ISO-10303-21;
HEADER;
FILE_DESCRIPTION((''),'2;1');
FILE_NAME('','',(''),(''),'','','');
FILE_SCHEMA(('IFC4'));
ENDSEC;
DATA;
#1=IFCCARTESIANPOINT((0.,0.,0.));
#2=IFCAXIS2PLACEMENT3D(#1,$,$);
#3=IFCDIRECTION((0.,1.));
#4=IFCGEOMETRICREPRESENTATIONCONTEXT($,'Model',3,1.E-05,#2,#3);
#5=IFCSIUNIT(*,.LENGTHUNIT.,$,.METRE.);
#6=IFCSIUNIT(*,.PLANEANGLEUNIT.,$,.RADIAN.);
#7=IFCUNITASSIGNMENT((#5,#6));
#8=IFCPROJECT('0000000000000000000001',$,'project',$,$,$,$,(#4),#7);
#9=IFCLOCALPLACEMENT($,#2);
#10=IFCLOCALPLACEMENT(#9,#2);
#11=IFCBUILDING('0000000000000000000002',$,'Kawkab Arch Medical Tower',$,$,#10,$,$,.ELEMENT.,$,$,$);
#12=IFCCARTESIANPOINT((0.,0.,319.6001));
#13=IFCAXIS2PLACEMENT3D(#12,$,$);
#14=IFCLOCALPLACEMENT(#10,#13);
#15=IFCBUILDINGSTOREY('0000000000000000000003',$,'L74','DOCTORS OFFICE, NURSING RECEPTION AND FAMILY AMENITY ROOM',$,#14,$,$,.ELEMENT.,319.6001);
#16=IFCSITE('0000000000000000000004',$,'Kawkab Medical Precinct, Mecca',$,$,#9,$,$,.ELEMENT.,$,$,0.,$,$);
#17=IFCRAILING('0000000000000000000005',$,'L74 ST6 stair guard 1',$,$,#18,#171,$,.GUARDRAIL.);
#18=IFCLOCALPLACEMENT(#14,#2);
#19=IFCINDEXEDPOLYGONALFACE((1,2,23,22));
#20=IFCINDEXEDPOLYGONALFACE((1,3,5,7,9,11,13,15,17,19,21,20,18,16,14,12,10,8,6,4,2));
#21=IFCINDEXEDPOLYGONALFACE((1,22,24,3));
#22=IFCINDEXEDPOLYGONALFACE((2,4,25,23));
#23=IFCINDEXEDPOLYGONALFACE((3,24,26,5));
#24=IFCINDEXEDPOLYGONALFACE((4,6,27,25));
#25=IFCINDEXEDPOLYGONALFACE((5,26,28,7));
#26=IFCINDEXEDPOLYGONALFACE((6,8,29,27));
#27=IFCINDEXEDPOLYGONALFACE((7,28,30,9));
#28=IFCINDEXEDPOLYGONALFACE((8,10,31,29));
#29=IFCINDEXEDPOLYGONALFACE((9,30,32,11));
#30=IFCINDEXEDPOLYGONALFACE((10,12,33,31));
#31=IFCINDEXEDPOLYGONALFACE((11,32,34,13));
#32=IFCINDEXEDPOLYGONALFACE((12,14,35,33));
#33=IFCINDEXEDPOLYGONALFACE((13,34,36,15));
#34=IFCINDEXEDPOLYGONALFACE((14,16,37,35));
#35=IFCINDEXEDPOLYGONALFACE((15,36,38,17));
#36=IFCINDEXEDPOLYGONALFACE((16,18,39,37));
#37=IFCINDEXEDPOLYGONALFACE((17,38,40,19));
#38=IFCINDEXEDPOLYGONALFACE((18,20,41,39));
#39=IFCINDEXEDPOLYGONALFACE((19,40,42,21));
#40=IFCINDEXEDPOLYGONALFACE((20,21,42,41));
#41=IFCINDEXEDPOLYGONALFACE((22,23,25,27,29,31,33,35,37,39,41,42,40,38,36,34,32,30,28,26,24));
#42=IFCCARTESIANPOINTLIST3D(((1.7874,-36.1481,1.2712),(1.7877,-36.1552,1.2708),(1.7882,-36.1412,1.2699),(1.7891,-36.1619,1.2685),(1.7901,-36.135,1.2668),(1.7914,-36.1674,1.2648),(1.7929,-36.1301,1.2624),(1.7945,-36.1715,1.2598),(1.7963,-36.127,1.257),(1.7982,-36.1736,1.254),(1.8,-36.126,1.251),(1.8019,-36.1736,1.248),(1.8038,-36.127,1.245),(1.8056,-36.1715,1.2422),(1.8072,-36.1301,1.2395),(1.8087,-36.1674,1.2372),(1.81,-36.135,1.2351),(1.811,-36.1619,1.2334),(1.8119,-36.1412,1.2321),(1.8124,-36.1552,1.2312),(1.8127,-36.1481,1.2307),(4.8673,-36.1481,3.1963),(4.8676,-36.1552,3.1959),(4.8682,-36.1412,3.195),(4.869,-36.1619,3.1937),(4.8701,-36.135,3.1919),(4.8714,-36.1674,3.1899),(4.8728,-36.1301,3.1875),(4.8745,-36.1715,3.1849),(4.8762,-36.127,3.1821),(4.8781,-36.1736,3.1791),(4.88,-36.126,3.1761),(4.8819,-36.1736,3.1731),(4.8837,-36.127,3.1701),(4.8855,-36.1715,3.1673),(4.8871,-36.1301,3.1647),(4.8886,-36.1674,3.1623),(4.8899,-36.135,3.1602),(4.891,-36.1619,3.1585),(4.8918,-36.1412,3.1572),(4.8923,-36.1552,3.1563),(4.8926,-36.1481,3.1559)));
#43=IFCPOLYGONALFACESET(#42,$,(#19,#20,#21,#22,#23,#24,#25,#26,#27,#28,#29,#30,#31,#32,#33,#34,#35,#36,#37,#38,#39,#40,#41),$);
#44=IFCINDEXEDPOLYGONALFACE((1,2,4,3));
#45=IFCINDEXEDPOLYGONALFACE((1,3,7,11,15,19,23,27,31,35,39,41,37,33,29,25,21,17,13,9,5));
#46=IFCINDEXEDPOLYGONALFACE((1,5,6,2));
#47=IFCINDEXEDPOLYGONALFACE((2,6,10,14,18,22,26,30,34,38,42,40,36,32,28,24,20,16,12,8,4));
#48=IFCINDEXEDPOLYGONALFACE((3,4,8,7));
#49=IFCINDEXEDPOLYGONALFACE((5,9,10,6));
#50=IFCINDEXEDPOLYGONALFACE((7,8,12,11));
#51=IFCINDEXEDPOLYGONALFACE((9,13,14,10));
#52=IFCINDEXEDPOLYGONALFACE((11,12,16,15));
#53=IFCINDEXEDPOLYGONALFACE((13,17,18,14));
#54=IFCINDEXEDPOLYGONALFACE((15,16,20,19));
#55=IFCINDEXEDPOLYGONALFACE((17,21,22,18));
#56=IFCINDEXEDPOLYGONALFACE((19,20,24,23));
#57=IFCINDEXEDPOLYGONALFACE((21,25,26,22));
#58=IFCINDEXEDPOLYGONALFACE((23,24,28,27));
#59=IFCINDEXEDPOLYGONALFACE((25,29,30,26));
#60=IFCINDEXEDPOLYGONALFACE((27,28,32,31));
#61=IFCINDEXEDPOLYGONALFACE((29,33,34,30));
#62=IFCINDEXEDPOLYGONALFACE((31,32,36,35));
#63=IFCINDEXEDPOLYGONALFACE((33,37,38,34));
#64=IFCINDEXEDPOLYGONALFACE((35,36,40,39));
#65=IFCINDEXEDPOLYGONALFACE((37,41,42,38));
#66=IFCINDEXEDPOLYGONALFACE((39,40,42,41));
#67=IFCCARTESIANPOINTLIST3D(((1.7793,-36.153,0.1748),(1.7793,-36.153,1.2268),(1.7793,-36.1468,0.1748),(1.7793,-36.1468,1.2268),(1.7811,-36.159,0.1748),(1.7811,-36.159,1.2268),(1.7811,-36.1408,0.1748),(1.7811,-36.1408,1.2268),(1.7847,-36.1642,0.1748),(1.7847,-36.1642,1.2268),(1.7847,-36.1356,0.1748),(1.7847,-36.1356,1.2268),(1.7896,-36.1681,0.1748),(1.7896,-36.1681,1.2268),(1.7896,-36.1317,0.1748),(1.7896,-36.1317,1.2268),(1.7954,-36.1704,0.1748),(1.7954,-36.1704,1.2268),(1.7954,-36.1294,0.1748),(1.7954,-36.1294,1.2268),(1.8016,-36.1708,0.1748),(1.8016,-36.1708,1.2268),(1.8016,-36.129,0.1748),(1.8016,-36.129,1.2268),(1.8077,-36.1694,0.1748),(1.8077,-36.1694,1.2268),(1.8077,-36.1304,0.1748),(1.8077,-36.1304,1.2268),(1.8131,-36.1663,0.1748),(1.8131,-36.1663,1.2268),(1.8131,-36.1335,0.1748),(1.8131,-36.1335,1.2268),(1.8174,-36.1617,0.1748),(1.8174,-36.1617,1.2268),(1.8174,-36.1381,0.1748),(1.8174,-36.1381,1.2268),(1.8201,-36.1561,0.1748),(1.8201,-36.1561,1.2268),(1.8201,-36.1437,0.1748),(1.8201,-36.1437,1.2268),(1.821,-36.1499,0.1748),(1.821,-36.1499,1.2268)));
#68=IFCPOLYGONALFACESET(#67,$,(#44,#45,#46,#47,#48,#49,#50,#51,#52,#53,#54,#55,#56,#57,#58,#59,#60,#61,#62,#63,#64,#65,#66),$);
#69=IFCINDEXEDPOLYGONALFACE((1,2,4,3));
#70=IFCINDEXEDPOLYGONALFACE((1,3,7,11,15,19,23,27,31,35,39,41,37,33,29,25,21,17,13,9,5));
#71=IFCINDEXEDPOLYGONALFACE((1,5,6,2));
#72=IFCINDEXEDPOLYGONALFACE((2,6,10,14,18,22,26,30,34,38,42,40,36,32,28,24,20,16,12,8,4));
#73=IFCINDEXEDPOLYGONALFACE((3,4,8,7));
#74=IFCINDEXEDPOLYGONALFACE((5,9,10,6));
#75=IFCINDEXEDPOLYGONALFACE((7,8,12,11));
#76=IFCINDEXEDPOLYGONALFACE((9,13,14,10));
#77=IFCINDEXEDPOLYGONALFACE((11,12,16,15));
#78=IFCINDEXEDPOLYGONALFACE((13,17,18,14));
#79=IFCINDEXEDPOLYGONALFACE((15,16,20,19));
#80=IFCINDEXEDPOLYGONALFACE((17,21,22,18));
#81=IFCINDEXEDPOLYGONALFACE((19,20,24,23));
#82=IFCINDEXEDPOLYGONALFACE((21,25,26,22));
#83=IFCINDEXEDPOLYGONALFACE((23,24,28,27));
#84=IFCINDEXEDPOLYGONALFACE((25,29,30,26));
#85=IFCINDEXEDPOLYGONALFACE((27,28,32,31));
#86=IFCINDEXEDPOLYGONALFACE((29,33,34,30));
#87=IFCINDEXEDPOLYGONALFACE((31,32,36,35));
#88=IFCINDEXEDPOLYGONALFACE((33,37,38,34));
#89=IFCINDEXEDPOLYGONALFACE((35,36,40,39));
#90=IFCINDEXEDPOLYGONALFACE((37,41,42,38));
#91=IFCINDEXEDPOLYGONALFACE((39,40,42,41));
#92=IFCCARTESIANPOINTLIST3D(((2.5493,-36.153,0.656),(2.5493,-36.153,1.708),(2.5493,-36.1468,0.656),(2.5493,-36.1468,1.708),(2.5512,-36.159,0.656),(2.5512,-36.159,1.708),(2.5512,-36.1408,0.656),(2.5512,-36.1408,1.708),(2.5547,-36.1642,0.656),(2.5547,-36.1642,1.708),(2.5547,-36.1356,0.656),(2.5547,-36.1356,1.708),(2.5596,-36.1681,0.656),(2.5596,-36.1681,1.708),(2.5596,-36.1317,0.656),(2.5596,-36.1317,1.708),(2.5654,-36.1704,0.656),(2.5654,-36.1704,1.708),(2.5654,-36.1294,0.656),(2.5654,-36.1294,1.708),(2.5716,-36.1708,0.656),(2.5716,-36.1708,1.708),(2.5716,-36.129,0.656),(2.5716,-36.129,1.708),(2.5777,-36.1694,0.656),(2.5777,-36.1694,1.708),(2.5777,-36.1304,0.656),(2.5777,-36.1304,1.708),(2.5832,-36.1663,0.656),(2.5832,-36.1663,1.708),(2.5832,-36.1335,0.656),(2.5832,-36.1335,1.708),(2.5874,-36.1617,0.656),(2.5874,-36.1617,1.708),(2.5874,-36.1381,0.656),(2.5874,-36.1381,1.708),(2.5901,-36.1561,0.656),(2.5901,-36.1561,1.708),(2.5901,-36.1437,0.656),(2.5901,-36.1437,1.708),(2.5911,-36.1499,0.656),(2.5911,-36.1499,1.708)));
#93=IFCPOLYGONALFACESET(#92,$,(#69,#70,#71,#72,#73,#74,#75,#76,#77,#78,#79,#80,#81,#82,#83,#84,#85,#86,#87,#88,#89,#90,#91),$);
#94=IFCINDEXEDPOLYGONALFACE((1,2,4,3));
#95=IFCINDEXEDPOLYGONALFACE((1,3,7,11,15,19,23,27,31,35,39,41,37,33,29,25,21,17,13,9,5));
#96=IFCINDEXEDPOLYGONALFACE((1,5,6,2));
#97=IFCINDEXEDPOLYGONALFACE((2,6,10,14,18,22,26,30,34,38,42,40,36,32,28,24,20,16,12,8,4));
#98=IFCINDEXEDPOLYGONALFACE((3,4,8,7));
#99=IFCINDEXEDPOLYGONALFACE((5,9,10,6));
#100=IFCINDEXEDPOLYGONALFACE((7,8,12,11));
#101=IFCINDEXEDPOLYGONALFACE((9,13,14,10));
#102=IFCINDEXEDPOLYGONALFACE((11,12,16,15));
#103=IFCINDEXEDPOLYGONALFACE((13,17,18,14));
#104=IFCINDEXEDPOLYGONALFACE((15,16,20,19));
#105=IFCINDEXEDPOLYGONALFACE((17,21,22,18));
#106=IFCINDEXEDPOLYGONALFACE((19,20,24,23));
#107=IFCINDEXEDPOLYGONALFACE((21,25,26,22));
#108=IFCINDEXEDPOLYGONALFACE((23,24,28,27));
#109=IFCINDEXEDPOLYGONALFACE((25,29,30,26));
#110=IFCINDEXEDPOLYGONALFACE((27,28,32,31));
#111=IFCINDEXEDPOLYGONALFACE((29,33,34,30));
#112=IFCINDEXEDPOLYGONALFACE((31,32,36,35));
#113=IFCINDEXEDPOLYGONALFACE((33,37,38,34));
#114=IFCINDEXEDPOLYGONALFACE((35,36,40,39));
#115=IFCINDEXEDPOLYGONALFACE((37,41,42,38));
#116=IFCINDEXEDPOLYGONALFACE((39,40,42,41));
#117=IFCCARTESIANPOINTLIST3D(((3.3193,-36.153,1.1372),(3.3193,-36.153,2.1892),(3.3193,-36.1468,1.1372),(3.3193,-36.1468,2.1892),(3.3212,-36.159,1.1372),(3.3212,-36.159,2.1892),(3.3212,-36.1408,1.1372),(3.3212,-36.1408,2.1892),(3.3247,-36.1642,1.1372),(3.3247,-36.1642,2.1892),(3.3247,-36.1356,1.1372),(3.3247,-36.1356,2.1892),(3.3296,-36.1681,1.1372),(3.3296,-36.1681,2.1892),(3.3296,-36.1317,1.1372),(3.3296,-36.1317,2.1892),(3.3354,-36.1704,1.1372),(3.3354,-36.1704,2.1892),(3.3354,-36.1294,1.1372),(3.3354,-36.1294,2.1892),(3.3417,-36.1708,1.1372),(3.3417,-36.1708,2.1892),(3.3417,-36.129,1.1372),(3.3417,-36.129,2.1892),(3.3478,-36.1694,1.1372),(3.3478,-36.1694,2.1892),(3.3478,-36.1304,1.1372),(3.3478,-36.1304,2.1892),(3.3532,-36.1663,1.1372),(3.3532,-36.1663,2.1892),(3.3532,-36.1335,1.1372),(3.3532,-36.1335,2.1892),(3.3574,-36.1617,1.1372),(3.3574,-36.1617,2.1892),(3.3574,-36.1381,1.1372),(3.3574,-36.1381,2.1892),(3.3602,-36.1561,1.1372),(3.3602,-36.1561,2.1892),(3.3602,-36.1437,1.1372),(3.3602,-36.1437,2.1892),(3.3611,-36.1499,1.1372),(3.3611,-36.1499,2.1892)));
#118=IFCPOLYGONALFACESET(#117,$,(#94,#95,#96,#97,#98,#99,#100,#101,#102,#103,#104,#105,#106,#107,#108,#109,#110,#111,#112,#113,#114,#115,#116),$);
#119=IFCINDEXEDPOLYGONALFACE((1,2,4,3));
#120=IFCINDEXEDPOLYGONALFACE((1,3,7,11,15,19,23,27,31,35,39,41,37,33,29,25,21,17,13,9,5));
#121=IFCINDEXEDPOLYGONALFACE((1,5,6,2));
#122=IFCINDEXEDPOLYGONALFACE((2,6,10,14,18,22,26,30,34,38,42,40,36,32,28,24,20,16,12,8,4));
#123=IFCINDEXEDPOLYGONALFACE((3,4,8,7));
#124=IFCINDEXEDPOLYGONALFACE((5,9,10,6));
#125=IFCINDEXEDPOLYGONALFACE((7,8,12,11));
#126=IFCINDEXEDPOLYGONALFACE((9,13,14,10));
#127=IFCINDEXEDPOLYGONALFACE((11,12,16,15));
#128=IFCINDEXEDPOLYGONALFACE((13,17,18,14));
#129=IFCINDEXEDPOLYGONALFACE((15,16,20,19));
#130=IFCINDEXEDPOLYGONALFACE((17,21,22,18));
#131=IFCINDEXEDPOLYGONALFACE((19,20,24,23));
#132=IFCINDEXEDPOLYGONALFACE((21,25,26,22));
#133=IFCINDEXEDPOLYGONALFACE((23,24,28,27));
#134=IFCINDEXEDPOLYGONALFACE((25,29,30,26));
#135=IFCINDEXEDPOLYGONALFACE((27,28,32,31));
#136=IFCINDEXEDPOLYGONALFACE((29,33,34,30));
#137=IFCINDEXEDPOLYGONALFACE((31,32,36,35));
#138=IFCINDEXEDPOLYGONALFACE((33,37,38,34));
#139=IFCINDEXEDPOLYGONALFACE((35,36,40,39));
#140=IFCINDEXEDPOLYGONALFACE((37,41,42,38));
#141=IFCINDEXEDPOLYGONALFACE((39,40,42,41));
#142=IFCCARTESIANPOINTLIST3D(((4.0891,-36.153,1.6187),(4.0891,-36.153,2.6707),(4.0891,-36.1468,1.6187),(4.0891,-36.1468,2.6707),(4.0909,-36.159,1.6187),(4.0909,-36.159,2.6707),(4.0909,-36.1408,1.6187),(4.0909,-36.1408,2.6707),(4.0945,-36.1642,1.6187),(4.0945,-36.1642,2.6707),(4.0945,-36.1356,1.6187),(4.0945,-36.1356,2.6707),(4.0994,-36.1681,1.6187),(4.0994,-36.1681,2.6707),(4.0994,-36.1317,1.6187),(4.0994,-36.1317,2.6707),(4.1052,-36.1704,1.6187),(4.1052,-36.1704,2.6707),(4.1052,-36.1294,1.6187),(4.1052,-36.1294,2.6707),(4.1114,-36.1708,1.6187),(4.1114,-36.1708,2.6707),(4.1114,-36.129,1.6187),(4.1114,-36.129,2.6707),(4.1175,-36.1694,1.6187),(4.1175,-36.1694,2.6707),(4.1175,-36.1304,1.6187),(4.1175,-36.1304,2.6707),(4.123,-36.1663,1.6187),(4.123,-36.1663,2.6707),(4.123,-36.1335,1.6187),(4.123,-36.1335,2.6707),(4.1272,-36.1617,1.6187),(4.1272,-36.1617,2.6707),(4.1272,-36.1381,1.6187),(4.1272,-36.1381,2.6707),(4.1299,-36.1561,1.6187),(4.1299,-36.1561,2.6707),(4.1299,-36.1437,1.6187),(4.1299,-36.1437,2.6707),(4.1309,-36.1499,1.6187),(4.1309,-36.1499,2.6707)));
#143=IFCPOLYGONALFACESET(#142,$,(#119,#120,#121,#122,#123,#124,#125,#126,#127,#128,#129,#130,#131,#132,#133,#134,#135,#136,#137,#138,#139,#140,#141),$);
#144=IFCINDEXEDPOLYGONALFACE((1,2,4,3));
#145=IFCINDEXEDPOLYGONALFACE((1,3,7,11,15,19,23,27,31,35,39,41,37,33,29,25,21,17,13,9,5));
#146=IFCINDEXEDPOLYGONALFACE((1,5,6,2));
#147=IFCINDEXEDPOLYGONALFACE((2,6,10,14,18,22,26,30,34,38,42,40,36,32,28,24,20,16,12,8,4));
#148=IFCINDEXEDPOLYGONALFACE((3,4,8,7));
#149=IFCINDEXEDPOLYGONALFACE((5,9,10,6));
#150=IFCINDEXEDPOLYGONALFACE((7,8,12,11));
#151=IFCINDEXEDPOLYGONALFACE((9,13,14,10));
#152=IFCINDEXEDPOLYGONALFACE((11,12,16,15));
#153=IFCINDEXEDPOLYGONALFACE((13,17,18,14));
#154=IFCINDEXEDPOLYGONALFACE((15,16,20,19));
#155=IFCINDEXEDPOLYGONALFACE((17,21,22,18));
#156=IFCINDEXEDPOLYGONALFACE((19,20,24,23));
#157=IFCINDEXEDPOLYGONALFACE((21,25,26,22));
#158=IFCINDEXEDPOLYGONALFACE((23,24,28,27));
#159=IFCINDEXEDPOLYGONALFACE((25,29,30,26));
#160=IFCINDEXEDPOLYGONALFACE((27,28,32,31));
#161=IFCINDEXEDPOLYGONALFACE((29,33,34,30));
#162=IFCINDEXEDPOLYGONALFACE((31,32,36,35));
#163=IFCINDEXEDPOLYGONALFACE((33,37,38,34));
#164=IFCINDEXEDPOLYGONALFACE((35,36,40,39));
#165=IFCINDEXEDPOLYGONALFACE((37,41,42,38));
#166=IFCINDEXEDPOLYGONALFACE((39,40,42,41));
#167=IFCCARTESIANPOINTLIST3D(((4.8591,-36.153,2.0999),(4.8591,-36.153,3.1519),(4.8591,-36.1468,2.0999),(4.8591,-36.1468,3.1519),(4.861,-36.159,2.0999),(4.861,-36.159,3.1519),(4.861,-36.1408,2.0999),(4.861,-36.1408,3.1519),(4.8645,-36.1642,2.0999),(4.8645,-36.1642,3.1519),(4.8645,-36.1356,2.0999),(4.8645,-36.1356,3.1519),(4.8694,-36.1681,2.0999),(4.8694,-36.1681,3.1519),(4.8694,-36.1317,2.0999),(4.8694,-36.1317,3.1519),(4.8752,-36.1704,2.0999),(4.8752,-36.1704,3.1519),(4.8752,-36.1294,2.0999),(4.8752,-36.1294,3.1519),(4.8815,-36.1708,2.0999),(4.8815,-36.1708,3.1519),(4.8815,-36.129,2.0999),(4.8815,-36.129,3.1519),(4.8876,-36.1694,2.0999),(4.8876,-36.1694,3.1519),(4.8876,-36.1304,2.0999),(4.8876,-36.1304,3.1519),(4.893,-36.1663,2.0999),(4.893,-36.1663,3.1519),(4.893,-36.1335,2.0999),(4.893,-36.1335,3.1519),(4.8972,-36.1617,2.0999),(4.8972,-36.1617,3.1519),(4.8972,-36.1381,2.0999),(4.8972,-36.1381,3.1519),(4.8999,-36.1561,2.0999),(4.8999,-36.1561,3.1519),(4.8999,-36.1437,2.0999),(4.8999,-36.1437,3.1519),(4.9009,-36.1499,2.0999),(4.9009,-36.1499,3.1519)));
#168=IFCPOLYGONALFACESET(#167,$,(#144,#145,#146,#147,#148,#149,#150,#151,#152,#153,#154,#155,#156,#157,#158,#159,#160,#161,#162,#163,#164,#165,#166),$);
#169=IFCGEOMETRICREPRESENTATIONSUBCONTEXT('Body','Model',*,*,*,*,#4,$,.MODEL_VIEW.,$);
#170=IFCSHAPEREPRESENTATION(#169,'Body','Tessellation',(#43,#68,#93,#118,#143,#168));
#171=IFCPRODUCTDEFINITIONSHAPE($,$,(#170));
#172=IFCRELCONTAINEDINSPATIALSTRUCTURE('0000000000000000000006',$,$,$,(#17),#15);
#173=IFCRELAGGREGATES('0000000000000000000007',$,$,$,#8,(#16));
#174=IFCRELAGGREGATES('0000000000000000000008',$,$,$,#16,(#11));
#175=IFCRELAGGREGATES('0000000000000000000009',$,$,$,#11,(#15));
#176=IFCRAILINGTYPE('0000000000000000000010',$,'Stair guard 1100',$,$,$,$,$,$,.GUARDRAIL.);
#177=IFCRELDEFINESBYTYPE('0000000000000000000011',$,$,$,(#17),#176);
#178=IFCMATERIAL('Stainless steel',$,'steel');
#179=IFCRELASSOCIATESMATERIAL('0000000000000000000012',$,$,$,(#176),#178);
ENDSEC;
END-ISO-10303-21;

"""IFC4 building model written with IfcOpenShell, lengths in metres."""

from ifc_helpers import new_model, si_unit, direction, frame, origin, origin_2d, place, context, subcontext, project, spatial, circle, extrude, material, type_object, element, save


model = new_model("IFC4")

# Units and contexts
model_context = context("Model", 3, precision=1e-05, world=origin(), true_north=direction((0.0, 1.0)))
body_context = subcontext(model_context, "Body", "Model", "MODEL_VIEW")
ifc_project = project(units=[si_unit("LENGTHUNIT", "METRE"), si_unit("PLANEANGLEUNIT", "RADIAN")], contexts=[model_context])

# Site, building, storey
site_placement = place(None, origin())
site = spatial("IfcSite", under=ifc_project, at=site_placement, Name="Kawkab Medical Precinct, Mecca", CompositionType="ELEMENT", RefElevation=0.0)
building_placement = place(site_placement, origin())
building = spatial("IfcBuilding", under=site, at=building_placement, Name="Kawkab Arch Medical Tower", CompositionType="ELEMENT")
storey_placement = place(building_placement, frame((0.0, 0.0, 319.6001)))
storey = spatial("IfcBuildingStorey", under=building, at=storey_placement, Name="L74", Description="DOCTORS OFFICE, NURSING RECEPTION AND FAMILY AMENITY ROOM", CompositionType="ELEMENT", Elevation=319.6001)

# Railing
ifc_material_1 = material(Name="Stainless steel", Category="steel")
railing_type_1 = type_object("IfcRailingType", Name="Stair guard 1100", PredefinedType="GUARDRAIL", material=ifc_material_1)
railing_1_placement = place(storey_placement, frame((1.8, -36.1499, 0.1748)))
element("IfcRailing", 1, at=railing_1_placement, inside=storey, type_object=railing_type_1, Name="L74 ST6 stair guard 1", PredefinedType="GUARDRAIL", context=body_context, shape_type="SweptSolid", body=[
    extrude(circle(Radius=0.0239, at=origin_2d()), frame((0.0, 0.0, 1.0762), z_axis=(0.847979, 0.0, 0.530029), x_axis=(0.0, 1.0, 0.0)), (0.0, 0.0, 1.0), 3.6321),
    extrude(circle(Radius=0.021, at=origin_2d()), origin(), (0.0, 0.0, 1.0), 1.052),
    extrude(circle(Radius=0.021, at=origin_2d()), frame((0.77, 0.0, 0.4812)), (0.0, 0.0, 1.0), 1.052),
    extrude(circle(Radius=0.021, at=origin_2d()), frame((1.54, 0.0, 0.9624)), (0.0, 0.0, 1.0), 1.052),
    extrude(circle(Radius=0.021, at=origin_2d()), frame((2.3098, 0.0, 1.4438)), (0.0, 0.0, 1.0), 1.052),
    extrude(circle(Radius=0.021, at=origin_2d()), frame((3.0798, 0.0, 1.925)), (0.0, 0.0, 1.0), 1.052),
])

save(model, "model.ifc")
